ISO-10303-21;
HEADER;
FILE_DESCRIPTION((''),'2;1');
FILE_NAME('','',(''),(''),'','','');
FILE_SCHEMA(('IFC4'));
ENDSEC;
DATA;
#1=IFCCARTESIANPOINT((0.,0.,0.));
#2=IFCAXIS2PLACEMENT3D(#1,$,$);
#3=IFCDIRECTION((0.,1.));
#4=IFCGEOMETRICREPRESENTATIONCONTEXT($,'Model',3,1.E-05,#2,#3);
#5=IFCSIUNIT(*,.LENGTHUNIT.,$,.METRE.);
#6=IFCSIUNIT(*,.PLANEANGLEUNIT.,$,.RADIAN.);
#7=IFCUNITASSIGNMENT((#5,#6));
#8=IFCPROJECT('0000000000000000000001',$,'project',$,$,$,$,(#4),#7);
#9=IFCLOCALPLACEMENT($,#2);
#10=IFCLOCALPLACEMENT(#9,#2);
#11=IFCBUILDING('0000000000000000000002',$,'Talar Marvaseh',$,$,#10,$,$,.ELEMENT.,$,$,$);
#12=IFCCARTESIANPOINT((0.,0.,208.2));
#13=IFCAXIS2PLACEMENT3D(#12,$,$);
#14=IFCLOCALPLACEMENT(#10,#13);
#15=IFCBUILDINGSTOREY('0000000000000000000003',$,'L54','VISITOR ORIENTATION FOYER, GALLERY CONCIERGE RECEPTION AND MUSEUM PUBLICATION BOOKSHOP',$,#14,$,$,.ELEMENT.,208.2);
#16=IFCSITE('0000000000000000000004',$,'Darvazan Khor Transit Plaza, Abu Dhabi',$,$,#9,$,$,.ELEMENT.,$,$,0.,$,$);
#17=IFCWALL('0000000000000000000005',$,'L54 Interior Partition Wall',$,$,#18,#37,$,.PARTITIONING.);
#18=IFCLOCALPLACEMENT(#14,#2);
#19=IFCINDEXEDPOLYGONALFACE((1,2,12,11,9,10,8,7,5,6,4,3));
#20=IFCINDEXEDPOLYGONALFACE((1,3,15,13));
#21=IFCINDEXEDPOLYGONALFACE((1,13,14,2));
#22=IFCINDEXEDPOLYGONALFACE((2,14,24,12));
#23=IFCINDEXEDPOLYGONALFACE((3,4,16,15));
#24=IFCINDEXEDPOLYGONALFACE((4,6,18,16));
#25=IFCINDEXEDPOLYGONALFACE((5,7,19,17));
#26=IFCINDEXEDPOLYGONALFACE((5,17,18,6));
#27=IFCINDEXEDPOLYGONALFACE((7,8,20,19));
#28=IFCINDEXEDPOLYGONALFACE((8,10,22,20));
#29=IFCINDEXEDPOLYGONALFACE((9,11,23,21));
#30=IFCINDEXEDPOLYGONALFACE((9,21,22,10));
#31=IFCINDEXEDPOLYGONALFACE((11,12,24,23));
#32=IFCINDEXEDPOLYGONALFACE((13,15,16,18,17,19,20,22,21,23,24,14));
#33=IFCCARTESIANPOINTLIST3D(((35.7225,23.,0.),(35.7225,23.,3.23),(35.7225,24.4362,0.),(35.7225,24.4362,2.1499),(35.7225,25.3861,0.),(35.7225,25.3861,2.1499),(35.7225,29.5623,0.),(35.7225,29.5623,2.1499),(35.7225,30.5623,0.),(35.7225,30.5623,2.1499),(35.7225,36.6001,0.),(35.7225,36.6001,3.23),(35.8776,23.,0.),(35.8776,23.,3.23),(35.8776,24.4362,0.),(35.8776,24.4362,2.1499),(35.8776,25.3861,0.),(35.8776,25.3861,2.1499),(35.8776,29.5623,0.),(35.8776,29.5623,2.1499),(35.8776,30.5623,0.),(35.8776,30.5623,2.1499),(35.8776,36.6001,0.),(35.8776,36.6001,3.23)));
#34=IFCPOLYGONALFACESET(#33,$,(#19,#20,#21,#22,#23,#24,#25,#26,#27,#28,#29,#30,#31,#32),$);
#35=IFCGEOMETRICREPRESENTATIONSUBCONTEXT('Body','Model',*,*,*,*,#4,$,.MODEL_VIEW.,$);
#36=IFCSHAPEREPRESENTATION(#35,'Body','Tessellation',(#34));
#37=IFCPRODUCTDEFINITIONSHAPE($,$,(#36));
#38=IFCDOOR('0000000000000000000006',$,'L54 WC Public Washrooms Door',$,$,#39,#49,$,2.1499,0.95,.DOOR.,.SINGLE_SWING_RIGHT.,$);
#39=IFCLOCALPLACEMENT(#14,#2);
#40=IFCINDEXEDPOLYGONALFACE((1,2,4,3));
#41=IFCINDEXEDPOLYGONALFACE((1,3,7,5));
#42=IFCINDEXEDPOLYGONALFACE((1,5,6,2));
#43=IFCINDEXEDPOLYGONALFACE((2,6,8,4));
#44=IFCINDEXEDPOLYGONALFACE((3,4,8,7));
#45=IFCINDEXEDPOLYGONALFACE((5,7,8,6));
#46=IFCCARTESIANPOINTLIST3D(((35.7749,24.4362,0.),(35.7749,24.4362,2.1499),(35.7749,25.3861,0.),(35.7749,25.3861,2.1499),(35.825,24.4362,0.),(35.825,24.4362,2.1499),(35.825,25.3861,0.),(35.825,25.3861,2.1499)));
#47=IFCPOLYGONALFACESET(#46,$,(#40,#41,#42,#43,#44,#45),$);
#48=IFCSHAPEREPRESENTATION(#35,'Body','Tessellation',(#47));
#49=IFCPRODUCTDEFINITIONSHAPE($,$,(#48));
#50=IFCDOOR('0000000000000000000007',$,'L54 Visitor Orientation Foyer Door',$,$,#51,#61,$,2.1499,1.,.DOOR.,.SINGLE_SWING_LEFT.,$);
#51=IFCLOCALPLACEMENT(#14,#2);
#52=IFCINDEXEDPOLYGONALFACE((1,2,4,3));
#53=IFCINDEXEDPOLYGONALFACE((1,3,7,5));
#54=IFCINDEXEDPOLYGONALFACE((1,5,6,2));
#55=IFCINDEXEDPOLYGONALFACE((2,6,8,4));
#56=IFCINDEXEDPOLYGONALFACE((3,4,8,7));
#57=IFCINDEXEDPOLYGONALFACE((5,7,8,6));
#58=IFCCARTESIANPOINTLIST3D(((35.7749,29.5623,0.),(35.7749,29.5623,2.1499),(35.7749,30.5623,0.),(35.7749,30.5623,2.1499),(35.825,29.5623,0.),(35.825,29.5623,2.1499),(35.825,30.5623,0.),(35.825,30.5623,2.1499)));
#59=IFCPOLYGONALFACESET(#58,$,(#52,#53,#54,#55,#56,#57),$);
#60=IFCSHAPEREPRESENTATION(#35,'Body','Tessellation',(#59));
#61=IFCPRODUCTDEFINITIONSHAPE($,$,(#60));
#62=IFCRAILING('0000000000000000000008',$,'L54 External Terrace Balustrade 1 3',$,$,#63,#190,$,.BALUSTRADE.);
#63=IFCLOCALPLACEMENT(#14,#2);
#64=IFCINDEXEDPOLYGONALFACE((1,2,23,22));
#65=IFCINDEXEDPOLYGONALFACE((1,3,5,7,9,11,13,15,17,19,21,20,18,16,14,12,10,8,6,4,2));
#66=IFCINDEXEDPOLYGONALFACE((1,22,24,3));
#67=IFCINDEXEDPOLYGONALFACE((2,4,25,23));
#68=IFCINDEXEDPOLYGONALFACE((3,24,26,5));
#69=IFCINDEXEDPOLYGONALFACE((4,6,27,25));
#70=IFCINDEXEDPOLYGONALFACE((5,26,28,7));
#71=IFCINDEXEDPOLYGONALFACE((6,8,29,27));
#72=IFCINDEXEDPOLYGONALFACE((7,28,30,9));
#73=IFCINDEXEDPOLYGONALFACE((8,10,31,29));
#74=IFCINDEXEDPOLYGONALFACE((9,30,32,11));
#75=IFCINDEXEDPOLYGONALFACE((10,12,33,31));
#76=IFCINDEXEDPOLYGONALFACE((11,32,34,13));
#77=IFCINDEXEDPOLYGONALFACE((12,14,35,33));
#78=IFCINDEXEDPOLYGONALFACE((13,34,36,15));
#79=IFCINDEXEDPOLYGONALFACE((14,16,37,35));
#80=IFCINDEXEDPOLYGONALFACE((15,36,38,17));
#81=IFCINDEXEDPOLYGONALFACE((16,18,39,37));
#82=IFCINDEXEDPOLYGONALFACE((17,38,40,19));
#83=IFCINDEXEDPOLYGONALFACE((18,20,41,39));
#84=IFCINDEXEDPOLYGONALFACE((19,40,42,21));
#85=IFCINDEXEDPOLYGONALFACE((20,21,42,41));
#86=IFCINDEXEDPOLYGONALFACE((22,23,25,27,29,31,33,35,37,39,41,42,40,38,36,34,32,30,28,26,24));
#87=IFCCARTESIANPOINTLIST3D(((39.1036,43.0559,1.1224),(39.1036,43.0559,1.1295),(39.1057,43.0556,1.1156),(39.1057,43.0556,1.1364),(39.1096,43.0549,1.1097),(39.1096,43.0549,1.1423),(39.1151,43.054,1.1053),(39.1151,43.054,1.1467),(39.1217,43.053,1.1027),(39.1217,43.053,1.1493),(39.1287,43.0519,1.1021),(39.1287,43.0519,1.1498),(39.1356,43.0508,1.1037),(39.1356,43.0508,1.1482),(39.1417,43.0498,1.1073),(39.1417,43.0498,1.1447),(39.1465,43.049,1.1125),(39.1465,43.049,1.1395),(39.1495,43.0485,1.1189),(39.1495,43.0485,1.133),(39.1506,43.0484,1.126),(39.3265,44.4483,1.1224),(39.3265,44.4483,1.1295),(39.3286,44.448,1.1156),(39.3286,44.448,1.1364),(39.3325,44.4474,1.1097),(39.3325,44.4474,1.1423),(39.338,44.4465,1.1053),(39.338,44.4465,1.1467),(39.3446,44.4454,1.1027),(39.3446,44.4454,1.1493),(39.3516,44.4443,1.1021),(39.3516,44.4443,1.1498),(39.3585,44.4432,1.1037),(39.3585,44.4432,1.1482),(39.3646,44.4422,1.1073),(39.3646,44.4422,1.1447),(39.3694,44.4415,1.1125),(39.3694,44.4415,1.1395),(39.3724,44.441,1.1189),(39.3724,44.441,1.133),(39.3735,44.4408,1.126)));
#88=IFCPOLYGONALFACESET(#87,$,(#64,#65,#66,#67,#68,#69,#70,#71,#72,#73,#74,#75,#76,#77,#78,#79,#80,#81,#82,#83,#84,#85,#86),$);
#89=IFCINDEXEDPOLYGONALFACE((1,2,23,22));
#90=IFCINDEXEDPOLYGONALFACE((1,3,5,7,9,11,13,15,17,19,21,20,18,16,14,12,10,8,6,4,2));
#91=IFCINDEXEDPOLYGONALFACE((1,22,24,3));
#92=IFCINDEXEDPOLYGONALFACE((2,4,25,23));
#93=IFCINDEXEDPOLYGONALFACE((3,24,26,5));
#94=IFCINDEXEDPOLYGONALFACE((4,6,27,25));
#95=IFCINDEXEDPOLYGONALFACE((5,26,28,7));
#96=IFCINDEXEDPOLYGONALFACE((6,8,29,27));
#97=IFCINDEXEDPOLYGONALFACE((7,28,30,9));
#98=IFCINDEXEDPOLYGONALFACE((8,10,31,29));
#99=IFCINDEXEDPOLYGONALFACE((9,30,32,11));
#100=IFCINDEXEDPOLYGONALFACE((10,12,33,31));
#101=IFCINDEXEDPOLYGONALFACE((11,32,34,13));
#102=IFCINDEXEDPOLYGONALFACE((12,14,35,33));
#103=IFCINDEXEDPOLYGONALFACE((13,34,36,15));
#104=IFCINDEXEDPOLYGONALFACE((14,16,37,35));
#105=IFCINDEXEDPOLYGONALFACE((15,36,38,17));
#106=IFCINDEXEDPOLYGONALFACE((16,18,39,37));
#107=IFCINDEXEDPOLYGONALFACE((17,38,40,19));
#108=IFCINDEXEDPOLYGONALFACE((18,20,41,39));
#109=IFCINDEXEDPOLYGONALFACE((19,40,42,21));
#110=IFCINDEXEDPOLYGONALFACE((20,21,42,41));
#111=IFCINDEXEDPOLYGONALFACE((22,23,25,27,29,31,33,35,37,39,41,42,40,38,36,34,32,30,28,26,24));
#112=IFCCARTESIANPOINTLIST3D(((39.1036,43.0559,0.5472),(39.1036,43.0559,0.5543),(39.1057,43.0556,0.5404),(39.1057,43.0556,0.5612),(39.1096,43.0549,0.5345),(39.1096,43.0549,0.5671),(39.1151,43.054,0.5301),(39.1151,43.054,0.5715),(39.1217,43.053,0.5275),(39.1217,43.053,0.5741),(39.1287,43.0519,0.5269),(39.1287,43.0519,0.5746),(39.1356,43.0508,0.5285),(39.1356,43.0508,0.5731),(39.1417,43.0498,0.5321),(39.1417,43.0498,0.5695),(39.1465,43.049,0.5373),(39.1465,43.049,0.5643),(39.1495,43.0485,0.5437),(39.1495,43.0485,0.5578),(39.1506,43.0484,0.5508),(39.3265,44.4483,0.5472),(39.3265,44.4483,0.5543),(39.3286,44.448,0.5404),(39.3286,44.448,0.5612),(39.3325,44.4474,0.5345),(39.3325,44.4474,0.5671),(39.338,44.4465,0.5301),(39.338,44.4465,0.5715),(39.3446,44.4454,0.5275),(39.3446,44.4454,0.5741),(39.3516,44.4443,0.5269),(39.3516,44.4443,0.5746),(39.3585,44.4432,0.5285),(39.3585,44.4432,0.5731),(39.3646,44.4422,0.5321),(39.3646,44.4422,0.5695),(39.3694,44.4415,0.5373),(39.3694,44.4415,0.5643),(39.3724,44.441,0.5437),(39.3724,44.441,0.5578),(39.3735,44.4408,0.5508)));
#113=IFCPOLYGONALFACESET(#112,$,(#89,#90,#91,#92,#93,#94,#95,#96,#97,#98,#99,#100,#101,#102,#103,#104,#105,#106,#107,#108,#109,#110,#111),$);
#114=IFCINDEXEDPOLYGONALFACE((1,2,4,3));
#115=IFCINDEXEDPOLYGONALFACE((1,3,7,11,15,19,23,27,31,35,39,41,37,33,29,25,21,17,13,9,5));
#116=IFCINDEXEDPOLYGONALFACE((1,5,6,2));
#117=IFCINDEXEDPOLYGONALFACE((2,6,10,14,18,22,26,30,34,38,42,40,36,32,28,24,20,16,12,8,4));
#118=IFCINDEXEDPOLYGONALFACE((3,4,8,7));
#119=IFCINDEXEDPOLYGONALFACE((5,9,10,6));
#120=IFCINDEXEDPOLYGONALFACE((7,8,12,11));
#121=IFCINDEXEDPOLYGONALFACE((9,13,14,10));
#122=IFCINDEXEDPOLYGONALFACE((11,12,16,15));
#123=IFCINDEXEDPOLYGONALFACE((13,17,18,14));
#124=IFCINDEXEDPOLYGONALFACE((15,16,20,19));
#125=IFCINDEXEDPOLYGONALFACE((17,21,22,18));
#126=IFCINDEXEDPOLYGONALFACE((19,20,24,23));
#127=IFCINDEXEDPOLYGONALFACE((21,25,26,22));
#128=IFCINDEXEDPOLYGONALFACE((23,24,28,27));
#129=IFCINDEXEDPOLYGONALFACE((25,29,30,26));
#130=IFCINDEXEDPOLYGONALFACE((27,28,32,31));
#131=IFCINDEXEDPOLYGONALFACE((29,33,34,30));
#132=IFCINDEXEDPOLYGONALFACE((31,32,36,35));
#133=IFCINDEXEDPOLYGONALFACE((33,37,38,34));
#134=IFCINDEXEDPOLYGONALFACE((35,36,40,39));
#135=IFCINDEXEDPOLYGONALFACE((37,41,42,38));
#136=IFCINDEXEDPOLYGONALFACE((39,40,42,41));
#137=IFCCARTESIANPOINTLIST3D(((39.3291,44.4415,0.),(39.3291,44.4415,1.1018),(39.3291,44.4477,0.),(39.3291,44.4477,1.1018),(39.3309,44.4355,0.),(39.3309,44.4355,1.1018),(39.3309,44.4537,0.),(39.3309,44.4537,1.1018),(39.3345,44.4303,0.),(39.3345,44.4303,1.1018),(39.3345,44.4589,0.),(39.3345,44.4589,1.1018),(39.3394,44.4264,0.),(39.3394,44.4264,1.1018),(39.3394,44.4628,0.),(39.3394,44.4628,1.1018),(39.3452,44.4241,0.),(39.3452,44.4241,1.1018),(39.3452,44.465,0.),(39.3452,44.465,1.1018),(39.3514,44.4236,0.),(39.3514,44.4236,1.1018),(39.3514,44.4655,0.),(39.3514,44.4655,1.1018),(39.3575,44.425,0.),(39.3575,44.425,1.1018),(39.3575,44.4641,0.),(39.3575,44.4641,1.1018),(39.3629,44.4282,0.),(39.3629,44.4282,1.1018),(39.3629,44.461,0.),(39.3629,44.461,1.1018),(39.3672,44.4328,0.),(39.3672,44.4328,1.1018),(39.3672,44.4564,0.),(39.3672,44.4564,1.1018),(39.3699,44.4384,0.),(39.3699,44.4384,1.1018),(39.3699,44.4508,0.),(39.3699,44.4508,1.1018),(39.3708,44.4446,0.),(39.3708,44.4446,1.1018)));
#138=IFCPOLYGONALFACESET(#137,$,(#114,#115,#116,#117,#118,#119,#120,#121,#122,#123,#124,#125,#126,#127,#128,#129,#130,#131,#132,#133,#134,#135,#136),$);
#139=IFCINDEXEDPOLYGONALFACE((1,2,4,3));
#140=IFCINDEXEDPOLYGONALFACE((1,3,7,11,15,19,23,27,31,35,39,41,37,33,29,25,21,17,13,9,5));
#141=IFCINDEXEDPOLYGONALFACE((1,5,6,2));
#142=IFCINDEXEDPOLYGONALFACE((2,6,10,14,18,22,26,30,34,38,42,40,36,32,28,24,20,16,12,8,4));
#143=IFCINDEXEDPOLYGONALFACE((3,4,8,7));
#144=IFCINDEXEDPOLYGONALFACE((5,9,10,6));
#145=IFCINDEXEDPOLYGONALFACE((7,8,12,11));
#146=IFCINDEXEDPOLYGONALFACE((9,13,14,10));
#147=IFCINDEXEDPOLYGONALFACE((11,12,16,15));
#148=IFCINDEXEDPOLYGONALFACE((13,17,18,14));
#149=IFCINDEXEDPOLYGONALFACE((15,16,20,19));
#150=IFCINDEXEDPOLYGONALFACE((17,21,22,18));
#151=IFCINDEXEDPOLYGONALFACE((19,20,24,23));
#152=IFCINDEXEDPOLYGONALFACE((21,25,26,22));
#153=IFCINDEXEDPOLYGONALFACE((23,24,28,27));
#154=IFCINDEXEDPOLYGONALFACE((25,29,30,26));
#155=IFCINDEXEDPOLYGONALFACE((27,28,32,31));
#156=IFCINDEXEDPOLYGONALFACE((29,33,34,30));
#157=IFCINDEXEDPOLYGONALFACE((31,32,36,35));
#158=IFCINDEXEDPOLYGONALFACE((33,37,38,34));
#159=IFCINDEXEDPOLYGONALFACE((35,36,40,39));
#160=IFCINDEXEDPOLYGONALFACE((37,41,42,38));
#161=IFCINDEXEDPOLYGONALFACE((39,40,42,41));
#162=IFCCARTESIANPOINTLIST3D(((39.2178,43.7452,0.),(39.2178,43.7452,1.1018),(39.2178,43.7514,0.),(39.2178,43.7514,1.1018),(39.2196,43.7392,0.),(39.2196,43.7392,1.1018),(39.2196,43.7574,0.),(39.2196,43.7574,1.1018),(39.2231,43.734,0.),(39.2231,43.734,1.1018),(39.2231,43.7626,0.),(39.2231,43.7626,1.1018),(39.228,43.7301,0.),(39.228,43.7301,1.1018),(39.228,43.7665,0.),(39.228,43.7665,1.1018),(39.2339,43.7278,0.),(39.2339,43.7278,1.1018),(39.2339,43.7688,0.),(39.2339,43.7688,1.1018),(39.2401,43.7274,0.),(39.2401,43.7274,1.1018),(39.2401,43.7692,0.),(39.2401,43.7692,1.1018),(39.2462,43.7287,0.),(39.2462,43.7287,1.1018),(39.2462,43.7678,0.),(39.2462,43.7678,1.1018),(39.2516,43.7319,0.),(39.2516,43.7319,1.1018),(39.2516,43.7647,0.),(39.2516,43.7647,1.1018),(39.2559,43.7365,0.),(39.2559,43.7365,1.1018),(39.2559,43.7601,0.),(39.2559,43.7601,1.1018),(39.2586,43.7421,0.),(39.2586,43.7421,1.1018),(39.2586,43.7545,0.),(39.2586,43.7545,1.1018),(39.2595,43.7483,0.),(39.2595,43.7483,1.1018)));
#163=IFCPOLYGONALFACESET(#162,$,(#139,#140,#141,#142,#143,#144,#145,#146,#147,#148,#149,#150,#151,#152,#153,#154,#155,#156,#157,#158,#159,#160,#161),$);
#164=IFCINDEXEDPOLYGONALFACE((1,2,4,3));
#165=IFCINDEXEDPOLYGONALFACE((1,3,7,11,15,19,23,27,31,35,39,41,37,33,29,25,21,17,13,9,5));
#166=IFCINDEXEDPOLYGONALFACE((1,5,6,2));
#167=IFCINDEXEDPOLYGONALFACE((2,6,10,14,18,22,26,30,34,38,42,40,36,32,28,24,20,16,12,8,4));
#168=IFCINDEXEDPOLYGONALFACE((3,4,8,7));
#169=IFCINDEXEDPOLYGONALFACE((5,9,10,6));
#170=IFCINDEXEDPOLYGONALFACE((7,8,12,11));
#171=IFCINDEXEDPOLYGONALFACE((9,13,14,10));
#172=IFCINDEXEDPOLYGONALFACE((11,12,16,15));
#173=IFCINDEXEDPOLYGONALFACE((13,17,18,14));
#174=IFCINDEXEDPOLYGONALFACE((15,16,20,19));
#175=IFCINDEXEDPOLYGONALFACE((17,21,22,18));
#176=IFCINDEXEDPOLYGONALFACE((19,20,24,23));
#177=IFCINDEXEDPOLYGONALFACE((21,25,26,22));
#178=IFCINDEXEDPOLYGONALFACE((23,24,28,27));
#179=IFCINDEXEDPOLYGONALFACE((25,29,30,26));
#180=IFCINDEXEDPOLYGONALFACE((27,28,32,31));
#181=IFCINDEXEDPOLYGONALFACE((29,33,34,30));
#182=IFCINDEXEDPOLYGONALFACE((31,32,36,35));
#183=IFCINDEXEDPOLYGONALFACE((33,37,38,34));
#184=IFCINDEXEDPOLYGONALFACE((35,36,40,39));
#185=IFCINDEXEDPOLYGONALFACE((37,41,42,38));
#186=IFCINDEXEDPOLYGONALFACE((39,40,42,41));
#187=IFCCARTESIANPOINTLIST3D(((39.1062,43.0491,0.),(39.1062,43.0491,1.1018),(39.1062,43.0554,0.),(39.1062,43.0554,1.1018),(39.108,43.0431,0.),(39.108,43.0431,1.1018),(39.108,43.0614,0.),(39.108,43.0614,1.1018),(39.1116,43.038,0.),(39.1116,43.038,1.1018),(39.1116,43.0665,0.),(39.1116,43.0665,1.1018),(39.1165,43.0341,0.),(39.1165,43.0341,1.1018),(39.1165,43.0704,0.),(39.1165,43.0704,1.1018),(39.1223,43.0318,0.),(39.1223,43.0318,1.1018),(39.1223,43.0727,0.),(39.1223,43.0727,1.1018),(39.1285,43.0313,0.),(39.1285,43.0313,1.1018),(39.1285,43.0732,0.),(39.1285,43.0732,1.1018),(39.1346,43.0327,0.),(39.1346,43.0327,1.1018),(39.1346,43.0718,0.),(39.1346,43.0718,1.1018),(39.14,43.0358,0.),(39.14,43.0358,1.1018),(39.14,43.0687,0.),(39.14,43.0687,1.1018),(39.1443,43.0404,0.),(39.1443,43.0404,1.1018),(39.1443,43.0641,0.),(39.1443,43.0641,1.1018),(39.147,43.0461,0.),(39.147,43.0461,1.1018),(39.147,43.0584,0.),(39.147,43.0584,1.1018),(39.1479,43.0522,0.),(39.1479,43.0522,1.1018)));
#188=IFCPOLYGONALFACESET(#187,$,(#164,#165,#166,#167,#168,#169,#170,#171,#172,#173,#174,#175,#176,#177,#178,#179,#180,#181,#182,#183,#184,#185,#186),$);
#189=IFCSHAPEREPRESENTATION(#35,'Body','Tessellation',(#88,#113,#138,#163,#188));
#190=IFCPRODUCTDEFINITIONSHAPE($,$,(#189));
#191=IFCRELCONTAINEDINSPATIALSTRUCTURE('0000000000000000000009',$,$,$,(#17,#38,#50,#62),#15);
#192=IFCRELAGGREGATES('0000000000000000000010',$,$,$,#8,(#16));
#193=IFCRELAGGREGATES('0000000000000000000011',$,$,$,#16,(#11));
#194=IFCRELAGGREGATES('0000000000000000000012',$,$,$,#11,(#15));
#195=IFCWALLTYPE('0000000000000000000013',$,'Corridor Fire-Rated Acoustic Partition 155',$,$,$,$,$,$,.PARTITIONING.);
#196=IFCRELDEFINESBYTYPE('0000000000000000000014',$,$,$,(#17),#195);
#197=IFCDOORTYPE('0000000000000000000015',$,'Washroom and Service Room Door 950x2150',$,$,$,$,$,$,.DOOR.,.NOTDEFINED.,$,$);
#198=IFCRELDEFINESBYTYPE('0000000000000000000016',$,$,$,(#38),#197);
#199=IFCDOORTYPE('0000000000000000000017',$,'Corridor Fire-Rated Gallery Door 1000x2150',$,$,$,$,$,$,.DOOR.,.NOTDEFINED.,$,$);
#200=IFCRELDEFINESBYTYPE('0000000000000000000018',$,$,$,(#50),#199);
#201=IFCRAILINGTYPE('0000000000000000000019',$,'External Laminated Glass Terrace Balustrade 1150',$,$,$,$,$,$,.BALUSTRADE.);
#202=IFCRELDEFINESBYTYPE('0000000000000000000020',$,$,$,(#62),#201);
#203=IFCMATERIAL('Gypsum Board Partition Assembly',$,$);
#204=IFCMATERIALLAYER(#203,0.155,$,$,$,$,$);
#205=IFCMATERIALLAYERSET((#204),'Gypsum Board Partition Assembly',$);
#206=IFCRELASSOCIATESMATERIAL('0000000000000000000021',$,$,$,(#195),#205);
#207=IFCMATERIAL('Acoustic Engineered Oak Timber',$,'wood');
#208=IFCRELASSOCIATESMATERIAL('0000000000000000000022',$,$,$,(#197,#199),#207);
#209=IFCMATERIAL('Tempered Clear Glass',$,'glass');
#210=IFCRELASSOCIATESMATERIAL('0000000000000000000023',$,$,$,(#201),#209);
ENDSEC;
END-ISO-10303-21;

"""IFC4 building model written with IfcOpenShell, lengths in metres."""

from ifc_helpers import new_model, si_unit, direction, frame, frame_2d, origin, origin_2d, place, context, subcontext, project, spatial, rectangle, circle, extrude, source, transform, mapped, material, layer, layer_set, type_object, type_shapes, element, fill, save


model = new_model("IFC4")

# Units and contexts
model_context = context("Model", 3, precision=1e-05, world=origin(), true_north=direction((0.0, 1.0)))
body_context = subcontext(model_context, "Body", "Model", "MODEL_VIEW")
ifc_project = project(units=[si_unit("LENGTHUNIT", "METRE"), si_unit("PLANEANGLEUNIT", "RADIAN")], contexts=[model_context])

# Site, building, storey
site_placement = place(None, origin())
site = spatial("IfcSite", under=ifc_project, at=site_placement, Name="Darvazan Khor Transit Plaza, Abu Dhabi", CompositionType="ELEMENT", RefElevation=0.0)
building_placement = place(site_placement, origin())
building = spatial("IfcBuilding", under=site, at=building_placement, Name="Talar Marvaseh", CompositionType="ELEMENT")
storey_placement = place(building_placement, frame((0.0, 0.0, 208.2)))
storey = spatial("IfcBuildingStorey", under=building, at=storey_placement, Name="L54", Description="VISITOR ORIENTATION FOYER, GALLERY CONCIERGE RECEPTION AND MUSEUM PUBLICATION BOOKSHOP", CompositionType="ELEMENT", Elevation=208.2)

# Wall, openings, doors
ifc_material_1 = material(Name="Gypsum Board Partition Assembly")
ifc_layer_1 = layer(ifc_material_1, 0.155)
ifc_layer_set_1 = layer_set([ifc_layer_1], Name="Gypsum Board Partition Assembly")
wall_type_1 = type_object("IfcWallType", Name="Corridor Fire-Rated Acoustic Partition 155", PredefinedType="PARTITIONING", material=ifc_layer_set_1)
wall_1_placement = place(storey_placement, frame((35.8, 36.6001, 0.0), z_axis=(0.0, 0.0, 1.0), x_axis=(0.0, -1.0, 0.0)))
wall_1 = element("IfcWall", 1, at=wall_1_placement, inside=storey, type_object=wall_type_1, Name="L54 Interior Partition Wall", PredefinedType="PARTITIONING", context=body_context, shape_type="SweptSolid", body=[
    extrude(rectangle(XDim=13.6001, YDim=0.155, at=frame_2d((6.8, 0.0))), origin(), (0.0, 0.0, 1.0), 3.23),
])
opening_1_placement = place(wall_1_placement, frame((11.2139, 0.0, 0.0)))
opening_1 = element("IfcOpeningElement", 2, at=opening_1_placement, cuts=wall_1, PredefinedType="OPENING", context=body_context, shape_type="SweptSolid", body=[
    extrude(rectangle(XDim=0.95, YDim=2.1499, at=frame_2d((0.4751, 1.075))), frame((0.0, 0.0874, 0.0), z_axis=(0.0, -1.0, 0.0), x_axis=(1.0, 0.0, 0.0)), (0.0, 0.0, 1.0), 0.175),
])
opening_2_placement = place(wall_1_placement, frame((6.0378, 0.0, 0.0)))
opening_2 = element("IfcOpeningElement", 3, at=opening_2_placement, cuts=wall_1, PredefinedType="OPENING", context=body_context, shape_type="SweptSolid", body=[
    extrude(rectangle(XDim=1.0, YDim=2.1499, at=frame_2d((0.5, 1.075))), frame((0.0, 0.0874, 0.0), z_axis=(0.0, -1.0, 0.0), x_axis=(1.0, 0.0, 0.0)), (0.0, 0.0, 1.0), 0.175),
])
ifc_material_2 = material(Name="Acoustic Engineered Oak Timber", Category="wood")
door_type_1 = type_object("IfcDoorType", Name="Washroom and Service Room Door 950x2150", OperationType="NOTDEFINED", PredefinedType="DOOR", material=ifc_material_2)
shared_shape_1 = source(origin(), body_context, "Body", "SweptSolid", [
    extrude(rectangle(XDim=0.95, YDim=2.1499, at=frame_2d((0.4751, 1.075))), frame((0.0, 0.0249, 0.0), z_axis=(0.0, -1.0, 0.0), x_axis=(1.0, 0.0, 0.0)), (0.0, 0.0, 1.0), 0.05),
])
type_shapes(door_type_1, [shared_shape_1])
door_1_placement = place(opening_1_placement, origin())
door_1 = element("IfcDoor", 4, at=door_1_placement, inside=storey, type_object=door_type_1, Name="L54 WC Public Washrooms Door", OperationType="SINGLE_SWING_RIGHT", OverallHeight=2.1499, OverallWidth=0.95, PredefinedType="DOOR", context=body_context, shape_type="MappedRepresentation", body=[
    mapped(shared_shape_1, transform((0.0, 0.0, 0.0), x_axis=(1.0, 0.0, 0.0), y_axis=(0.0, 1.0, 0.0), z_axis=(0.0, 0.0, 1.0), scale=1.0)),
])
fill(opening_1, door_1)
door_type_2 = type_object("IfcDoorType", Name="Corridor Fire-Rated Gallery Door 1000x2150", OperationType="NOTDEFINED", PredefinedType="DOOR", material=ifc_material_2)
shared_shape_2 = source(origin(), body_context, "Body", "SweptSolid", [
    extrude(rectangle(XDim=1.0, YDim=2.1499, at=frame_2d((0.5, 1.075))), frame((0.0, 0.0249, 0.0), z_axis=(0.0, -1.0, 0.0), x_axis=(1.0, 0.0, 0.0)), (0.0, 0.0, 1.0), 0.05),
])
type_shapes(door_type_2, [shared_shape_2])
door_2_placement = place(opening_2_placement, origin())
door_2 = element("IfcDoor", 5, at=door_2_placement, inside=storey, type_object=door_type_2, Name="L54 Visitor Orientation Foyer Door", OperationType="SINGLE_SWING_LEFT", OverallHeight=2.1499, OverallWidth=1.0, PredefinedType="DOOR", context=body_context, shape_type="MappedRepresentation", body=[
    mapped(shared_shape_2, transform((0.0, 0.0, 0.0), x_axis=(1.0, 0.0, 0.0), y_axis=(0.0, 1.0, 0.0), z_axis=(0.0, 0.0, 1.0), scale=1.0)),
])
fill(opening_2, door_2)

# Railing
ifc_material_3 = material(Name="Tempered Clear Glass", Category="glass")
railing_type = type_object("IfcRailingType", Name="External Laminated Glass Terrace Balustrade 1150", PredefinedType="BALUSTRADE", material=ifc_material_3)
railing_1_placement = place(storey_placement, frame((39.3499, 44.4446, 0.0)))
element("IfcRailing", 6, at=railing_1_placement, inside=storey, type_object=railing_type, Name="L54 External Terrace Balustrade 1 3", PredefinedType="BALUSTRADE", context=body_context, shape_type="SweptSolid", body=[
    extrude(circle(Radius=0.0239, at=origin_2d()), frame((0.0, 0.0, 1.126), z_axis=(-0.158078, -0.987427, 0.0), x_axis=(0.987427, -0.158078, 0.0)), (0.0, 0.0, 1.0), 1.4102),
    extrude(circle(Radius=0.0239, at=origin_2d()), frame((0.0, 0.0, 0.5508), z_axis=(-0.158078, -0.987427, 0.0), x_axis=(0.987427, -0.158078, 0.0)), (0.0, 0.0, 1.0), 1.4102),
    extrude(circle(Radius=0.021, at=origin_2d()), origin(), (0.0, 0.0, 1.0), 1.1018),
    extrude(circle(Radius=0.021, at=origin_2d()), frame((-0.1113, -0.6963, 0.0)), (0.0, 0.0, 1.0), 1.1018),
    extrude(circle(Radius=0.021, at=origin_2d()), frame((-0.2229, -1.3923, 0.0)), (0.0, 0.0, 1.0), 1.1018),
])

save(model, "model.ifc")
